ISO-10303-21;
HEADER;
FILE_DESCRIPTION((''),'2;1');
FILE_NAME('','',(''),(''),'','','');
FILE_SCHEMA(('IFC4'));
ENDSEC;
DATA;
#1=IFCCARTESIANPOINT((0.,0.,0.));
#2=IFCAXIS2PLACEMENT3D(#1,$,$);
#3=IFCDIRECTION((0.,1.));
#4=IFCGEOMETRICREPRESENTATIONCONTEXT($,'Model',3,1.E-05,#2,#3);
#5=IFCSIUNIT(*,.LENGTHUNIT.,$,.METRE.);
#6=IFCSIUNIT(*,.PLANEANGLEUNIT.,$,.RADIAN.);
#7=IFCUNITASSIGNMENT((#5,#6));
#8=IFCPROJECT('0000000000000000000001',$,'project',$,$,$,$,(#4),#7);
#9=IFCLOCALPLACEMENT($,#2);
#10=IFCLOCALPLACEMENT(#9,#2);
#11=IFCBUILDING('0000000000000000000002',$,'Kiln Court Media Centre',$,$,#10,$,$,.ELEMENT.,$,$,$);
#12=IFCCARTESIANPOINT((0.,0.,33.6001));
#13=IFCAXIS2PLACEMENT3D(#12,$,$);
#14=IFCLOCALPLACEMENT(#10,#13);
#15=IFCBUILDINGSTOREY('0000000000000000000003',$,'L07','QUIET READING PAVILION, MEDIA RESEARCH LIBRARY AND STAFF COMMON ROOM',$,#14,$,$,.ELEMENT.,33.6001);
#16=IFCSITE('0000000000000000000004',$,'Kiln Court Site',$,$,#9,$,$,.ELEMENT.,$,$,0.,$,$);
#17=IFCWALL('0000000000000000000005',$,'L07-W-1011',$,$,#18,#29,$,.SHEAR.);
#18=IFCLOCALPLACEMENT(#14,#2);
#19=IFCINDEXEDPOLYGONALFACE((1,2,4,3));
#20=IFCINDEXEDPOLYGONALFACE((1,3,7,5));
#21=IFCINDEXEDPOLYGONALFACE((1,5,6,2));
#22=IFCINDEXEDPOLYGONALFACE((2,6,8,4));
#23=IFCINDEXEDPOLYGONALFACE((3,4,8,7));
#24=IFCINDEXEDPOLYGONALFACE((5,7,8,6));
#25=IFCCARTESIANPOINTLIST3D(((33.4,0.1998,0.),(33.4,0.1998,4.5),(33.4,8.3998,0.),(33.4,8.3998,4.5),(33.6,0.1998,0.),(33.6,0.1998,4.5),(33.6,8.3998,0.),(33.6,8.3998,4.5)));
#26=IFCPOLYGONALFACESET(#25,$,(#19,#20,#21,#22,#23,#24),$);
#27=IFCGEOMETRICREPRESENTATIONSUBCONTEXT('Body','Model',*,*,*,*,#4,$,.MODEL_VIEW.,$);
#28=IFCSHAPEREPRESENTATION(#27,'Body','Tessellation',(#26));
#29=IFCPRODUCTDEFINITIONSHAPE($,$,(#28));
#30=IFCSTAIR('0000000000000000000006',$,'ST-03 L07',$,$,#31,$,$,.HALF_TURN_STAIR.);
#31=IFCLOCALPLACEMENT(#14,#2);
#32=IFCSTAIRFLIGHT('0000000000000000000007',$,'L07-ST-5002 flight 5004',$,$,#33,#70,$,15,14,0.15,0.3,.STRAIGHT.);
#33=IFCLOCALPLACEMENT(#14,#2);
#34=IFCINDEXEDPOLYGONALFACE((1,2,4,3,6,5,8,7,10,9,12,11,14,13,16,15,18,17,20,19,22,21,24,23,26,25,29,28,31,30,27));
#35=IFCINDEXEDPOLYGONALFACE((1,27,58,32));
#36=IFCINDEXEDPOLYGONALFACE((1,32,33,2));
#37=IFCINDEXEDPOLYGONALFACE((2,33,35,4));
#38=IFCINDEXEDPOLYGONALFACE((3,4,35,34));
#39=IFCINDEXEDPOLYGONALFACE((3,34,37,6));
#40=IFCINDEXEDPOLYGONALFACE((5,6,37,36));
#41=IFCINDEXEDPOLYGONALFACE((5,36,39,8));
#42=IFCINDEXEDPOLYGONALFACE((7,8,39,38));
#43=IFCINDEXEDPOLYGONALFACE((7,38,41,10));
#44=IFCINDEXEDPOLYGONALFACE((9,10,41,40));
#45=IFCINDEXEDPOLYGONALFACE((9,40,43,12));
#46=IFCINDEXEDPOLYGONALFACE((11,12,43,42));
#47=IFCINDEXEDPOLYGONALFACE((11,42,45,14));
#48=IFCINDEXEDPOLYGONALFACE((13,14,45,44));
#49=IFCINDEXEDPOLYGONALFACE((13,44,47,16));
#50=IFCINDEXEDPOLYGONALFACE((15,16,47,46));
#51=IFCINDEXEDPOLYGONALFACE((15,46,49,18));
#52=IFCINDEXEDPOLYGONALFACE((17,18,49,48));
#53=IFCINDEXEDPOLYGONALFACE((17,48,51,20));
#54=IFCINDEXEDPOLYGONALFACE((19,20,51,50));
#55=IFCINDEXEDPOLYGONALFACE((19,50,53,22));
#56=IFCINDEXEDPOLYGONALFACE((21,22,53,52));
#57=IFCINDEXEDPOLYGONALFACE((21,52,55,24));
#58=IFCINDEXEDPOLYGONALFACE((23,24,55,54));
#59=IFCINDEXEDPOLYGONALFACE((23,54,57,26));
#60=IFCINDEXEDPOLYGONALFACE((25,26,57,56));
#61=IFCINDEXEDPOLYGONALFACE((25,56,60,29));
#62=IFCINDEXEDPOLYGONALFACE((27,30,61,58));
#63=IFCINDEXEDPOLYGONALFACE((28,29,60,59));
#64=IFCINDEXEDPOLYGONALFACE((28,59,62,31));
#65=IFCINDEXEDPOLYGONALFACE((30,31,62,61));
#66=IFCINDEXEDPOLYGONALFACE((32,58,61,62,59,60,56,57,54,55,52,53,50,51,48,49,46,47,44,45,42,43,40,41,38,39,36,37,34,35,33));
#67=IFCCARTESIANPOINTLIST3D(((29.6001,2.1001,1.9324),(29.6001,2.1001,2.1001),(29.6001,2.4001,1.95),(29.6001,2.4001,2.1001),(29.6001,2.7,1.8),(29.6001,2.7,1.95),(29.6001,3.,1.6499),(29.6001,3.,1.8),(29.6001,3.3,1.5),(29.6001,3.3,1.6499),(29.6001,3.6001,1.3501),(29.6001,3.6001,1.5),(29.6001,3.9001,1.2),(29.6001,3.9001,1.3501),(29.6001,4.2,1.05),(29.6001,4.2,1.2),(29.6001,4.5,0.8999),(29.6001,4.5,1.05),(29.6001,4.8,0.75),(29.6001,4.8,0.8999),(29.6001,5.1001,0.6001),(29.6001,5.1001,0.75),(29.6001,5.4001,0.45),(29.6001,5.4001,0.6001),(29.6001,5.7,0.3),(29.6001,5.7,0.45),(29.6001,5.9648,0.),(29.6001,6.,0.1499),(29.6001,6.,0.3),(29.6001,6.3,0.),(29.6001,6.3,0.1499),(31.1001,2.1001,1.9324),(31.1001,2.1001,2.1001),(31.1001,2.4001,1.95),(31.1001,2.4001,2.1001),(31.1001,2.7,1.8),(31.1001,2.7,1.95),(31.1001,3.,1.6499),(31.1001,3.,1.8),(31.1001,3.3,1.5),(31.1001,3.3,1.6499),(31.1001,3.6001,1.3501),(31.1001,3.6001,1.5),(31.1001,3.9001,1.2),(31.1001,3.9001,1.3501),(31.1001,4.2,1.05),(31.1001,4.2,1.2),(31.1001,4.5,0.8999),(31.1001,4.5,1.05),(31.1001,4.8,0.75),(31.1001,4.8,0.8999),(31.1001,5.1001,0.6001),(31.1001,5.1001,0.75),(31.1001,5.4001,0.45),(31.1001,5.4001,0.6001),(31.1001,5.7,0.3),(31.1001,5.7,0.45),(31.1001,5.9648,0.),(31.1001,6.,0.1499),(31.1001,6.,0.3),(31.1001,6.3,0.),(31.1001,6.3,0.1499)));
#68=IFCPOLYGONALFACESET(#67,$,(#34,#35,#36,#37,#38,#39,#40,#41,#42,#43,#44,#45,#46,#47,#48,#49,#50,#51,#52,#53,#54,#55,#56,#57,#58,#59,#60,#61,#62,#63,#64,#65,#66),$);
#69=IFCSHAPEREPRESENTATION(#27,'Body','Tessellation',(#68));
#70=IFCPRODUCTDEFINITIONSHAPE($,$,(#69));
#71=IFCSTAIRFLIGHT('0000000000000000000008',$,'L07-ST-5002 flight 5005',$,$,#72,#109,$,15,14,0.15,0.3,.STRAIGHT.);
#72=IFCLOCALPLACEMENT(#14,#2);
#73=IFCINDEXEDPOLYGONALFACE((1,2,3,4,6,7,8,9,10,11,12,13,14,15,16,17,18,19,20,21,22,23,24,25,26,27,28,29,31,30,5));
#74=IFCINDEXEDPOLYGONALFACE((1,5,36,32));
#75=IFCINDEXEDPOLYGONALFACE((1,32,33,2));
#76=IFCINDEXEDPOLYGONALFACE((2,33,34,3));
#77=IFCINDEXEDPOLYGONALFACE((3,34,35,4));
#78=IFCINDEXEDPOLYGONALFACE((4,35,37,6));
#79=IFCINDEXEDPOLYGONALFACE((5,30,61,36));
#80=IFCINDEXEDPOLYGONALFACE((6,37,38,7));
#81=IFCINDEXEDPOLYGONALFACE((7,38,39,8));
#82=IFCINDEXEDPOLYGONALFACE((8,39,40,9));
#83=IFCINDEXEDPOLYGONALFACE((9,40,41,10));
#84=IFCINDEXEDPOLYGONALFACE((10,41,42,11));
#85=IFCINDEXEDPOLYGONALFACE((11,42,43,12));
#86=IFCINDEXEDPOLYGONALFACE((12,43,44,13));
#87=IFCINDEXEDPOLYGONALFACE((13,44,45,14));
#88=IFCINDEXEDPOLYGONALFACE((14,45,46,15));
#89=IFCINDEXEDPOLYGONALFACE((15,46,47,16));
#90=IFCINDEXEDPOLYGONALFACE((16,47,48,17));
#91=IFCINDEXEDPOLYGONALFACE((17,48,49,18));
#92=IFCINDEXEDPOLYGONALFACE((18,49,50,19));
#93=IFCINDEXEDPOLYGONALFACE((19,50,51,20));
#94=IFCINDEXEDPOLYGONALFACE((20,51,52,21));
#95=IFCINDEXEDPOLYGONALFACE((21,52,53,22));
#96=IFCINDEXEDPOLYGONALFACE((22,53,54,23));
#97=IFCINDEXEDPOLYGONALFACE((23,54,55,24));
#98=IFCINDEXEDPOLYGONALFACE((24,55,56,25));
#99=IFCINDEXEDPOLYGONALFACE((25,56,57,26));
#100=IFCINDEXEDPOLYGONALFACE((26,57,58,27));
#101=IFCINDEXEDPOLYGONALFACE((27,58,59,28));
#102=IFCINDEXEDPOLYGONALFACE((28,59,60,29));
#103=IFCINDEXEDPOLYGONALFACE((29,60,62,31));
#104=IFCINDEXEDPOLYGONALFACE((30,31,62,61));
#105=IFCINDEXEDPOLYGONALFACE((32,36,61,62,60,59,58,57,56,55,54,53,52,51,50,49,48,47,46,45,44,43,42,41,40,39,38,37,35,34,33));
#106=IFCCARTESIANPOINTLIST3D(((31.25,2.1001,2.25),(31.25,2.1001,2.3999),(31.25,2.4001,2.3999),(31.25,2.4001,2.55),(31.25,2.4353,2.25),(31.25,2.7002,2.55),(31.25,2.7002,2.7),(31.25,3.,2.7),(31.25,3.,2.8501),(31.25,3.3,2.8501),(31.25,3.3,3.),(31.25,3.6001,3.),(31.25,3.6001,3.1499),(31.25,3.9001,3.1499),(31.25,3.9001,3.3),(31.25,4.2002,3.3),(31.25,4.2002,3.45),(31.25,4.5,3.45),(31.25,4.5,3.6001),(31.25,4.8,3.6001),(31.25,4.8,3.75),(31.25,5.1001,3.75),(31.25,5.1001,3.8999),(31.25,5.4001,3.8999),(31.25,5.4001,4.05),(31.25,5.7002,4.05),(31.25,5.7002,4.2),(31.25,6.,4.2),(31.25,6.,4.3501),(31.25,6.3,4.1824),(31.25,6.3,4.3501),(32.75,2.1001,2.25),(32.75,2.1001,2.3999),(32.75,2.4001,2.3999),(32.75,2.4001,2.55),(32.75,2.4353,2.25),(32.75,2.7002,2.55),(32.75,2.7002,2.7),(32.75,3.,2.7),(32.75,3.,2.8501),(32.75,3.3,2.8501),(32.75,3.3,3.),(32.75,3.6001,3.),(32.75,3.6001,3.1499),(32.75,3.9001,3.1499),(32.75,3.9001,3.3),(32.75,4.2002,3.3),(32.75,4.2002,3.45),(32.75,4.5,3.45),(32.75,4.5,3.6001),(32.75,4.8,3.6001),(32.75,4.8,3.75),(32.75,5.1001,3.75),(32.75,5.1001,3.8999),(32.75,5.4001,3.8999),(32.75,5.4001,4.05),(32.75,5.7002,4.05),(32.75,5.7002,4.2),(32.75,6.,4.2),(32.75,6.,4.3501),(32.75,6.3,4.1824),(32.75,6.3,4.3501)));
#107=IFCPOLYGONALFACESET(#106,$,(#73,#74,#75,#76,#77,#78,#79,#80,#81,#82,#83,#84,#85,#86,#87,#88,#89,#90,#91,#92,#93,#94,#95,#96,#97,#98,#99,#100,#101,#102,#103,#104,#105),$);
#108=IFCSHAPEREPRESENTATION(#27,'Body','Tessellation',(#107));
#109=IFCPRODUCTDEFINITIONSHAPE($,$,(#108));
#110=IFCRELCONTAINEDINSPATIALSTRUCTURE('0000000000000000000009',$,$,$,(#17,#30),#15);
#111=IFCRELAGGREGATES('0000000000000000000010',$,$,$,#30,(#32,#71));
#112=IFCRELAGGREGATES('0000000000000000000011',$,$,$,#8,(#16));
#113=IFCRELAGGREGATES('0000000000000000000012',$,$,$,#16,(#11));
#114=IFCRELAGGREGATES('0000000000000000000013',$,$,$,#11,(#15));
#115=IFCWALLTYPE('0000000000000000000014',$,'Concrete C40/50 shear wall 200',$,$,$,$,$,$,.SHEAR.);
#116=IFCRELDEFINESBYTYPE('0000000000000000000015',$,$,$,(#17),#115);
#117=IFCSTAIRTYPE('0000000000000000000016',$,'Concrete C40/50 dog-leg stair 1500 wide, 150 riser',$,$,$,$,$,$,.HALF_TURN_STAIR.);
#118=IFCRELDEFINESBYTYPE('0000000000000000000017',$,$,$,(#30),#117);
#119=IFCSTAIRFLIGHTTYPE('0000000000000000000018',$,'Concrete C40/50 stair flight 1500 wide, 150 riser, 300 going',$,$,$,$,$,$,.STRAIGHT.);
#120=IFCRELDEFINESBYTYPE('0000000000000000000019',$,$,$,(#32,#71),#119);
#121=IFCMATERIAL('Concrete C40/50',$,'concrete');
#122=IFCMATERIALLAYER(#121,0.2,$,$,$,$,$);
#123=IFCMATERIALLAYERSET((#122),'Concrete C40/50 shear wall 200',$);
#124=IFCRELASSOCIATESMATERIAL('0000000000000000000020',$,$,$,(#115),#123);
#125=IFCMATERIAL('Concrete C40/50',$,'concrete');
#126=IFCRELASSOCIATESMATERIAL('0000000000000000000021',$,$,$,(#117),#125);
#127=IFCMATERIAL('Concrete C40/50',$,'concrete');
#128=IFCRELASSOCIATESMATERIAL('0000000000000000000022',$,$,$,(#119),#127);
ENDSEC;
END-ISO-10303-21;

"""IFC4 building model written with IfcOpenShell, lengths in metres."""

from ifc_helpers import new_model, si_unit, direction, frame, frame_2d, origin, place, context, subcontext, project, spatial, polyline, rectangle, outline, extrude, material, layer, layer_set, type_object, element, aggregate, save


model = new_model("IFC4")

# Units and contexts
model_context = context("Model", 3, precision=1e-05, world=origin(), true_north=direction((0.0, 1.0)))
body_context = subcontext(model_context, "Body", "Model", "MODEL_VIEW")
ifc_project = project(units=[si_unit("LENGTHUNIT", "METRE"), si_unit("PLANEANGLEUNIT", "RADIAN")], contexts=[model_context])

# Site, building, storey
site_placement = place(None, origin())
site = spatial("IfcSite", under=ifc_project, at=site_placement, Name="Kiln Court Site", CompositionType="ELEMENT", RefElevation=0.0)
building_placement = place(site_placement, origin())
building = spatial("IfcBuilding", under=site, at=building_placement, Name="Kiln Court Media Centre", CompositionType="ELEMENT")
storey_placement = place(building_placement, frame((0.0, 0.0, 33.6001)))
storey = spatial("IfcBuildingStorey", under=building, at=storey_placement, Name="L07", Description="QUIET READING PAVILION, MEDIA RESEARCH LIBRARY AND STAFF COMMON ROOM", CompositionType="ELEMENT", Elevation=33.6001)

# Shared definitions
ifc_material_1 = material(Name="Concrete C40/50", Category="concrete")
ifc_layer_1 = layer(ifc_material_1, 0.2)
ifc_layer_set_1 = layer_set([ifc_layer_1], Name="Concrete C40/50 shear wall 200")
wall_type_1 = type_object("IfcWallType", Name="Concrete C40/50 shear wall 200", PredefinedType="SHEAR", material=ifc_layer_set_1)

# Wall
wall_1_placement = place(storey_placement, frame((33.5, 8.3999, 0.0), z_axis=(0.0, 0.0, 1.0), x_axis=(0.0, -1.0, 0.0)))
element("IfcWall", 1, at=wall_1_placement, inside=storey, type_object=wall_type_1, Name="L07-W-1011", PredefinedType="SHEAR", context=body_context, shape_type="SweptSolid", body=[
    extrude(rectangle(XDim=8.2, YDim=0.2, at=frame_2d((4.1001, 0.0))), origin(), (0.0, 0.0, 1.0), 4.5),
])

# Stair, stair flights
ifc_material_2 = material(Name="Concrete C40/50", Category="concrete")
stair_type = type_object("IfcStairType", Name="Concrete C40/50 dog-leg stair 1500 wide, 150 riser", PredefinedType="HALF_TURN_STAIR", material=ifc_material_2)
stair_placement = place(storey_placement, origin())
stair = element("IfcStair", 2, at=stair_placement, inside=storey, type_object=stair_type, Name="ST-03 L07", PredefinedType="HALF_TURN_STAIR")
ifc_material_3 = material(Name="Concrete C40/50", Category="concrete")
stair_flight_type = type_object("IfcStairFlightType", Name="Concrete C40/50 stair flight 1500 wide, 150 riser, 300 going", PredefinedType="STRAIGHT", material=ifc_material_3)
stair_flight_1_placement = place(storey_placement, frame((30.3501, 6.3, 0.0), z_axis=(0.0, 0.0, 1.0), x_axis=(0.0, -1.0, 0.0)))
stair_flight_1 = element("IfcStairFlight", 3, at=stair_flight_1_placement, type_object=stair_flight_type, Name="L07-ST-5002 flight 5004", NumberOfRisers=15, NumberOfTreads=14, PredefinedType="STRAIGHT", RiserHeight=0.15, TreadLength=0.3, context=body_context, shape_type="SweptSolid", body=[
    extrude(outline(polyline([(0.0, 0.0), (0.0, 0.1499), (0.3, 0.1499), (0.3, 0.3), (0.6001, 0.3), (0.6001, 0.45), (0.8999, 0.45), (0.8999, 0.6001), (1.2, 0.6001), (1.2, 0.75), (1.5, 0.75), (1.5, 0.8999), (1.8, 0.8999), (1.8, 1.05), (2.1001, 1.05), (2.1001, 1.2), (2.3999, 1.2), (2.3999, 1.3501), (2.7, 1.3501), (2.7, 1.5), (3.0, 1.5), (3.0, 1.6499), (3.3, 1.6499), (3.3, 1.8), (3.6001, 1.8), (3.6001, 1.95), (3.8999, 1.95), (3.8999, 2.1001), (4.2, 2.1001), (4.2, 2.25), (4.2, 1.9324), (0.3352, 0.0), (0.0, 0.0)])), frame((0.0, 0.75, 0.0), z_axis=(0.0, -1.0, 0.0), x_axis=(1.0, 0.0, 0.0)), (0.0, 0.0, 1.0), 1.5),
])
stair_flight_2_placement = place(storey_placement, frame((32.0, 2.1001, 2.25), z_axis=(0.0, 0.0, 1.0), x_axis=(0.0, 1.0, 0.0)))
stair_flight_2 = element("IfcStairFlight", 4, at=stair_flight_2_placement, type_object=stair_flight_type, Name="L07-ST-5002 flight 5005", NumberOfRisers=15, NumberOfTreads=14, PredefinedType="STRAIGHT", RiserHeight=0.15, TreadLength=0.3, context=body_context, shape_type="SweptSolid", body=[
    extrude(outline(polyline([(0.0, 0.0), (0.0, 0.1499), (0.3, 0.1499), (0.3, 0.3), (0.6001, 0.3), (0.6001, 0.45), (0.8999, 0.45), (0.8999, 0.6001), (1.2, 0.6001), (1.2, 0.75), (1.5, 0.75), (1.5, 0.8999), (1.8, 0.8999), (1.8, 1.05), (2.1001, 1.05), (2.1001, 1.2), (2.3999, 1.2), (2.3999, 1.3501), (2.7, 1.3501), (2.7, 1.5), (3.0, 1.5), (3.0, 1.6499), (3.3, 1.6499), (3.3, 1.8), (3.6001, 1.8), (3.6001, 1.95), (3.8999, 1.95), (3.8999, 2.1001), (4.2, 2.1001), (4.2, 2.25), (4.2, 1.9324), (0.3352, 0.0), (0.0, 0.0)])), frame((0.0, 0.75, 0.0), z_axis=(0.0, -1.0, 0.0), x_axis=(1.0, 0.0, 0.0)), (0.0, 0.0, 1.0), 1.5),
])
aggregate(stair, [stair_flight_1, stair_flight_2])

save(model, "model.ifc")
